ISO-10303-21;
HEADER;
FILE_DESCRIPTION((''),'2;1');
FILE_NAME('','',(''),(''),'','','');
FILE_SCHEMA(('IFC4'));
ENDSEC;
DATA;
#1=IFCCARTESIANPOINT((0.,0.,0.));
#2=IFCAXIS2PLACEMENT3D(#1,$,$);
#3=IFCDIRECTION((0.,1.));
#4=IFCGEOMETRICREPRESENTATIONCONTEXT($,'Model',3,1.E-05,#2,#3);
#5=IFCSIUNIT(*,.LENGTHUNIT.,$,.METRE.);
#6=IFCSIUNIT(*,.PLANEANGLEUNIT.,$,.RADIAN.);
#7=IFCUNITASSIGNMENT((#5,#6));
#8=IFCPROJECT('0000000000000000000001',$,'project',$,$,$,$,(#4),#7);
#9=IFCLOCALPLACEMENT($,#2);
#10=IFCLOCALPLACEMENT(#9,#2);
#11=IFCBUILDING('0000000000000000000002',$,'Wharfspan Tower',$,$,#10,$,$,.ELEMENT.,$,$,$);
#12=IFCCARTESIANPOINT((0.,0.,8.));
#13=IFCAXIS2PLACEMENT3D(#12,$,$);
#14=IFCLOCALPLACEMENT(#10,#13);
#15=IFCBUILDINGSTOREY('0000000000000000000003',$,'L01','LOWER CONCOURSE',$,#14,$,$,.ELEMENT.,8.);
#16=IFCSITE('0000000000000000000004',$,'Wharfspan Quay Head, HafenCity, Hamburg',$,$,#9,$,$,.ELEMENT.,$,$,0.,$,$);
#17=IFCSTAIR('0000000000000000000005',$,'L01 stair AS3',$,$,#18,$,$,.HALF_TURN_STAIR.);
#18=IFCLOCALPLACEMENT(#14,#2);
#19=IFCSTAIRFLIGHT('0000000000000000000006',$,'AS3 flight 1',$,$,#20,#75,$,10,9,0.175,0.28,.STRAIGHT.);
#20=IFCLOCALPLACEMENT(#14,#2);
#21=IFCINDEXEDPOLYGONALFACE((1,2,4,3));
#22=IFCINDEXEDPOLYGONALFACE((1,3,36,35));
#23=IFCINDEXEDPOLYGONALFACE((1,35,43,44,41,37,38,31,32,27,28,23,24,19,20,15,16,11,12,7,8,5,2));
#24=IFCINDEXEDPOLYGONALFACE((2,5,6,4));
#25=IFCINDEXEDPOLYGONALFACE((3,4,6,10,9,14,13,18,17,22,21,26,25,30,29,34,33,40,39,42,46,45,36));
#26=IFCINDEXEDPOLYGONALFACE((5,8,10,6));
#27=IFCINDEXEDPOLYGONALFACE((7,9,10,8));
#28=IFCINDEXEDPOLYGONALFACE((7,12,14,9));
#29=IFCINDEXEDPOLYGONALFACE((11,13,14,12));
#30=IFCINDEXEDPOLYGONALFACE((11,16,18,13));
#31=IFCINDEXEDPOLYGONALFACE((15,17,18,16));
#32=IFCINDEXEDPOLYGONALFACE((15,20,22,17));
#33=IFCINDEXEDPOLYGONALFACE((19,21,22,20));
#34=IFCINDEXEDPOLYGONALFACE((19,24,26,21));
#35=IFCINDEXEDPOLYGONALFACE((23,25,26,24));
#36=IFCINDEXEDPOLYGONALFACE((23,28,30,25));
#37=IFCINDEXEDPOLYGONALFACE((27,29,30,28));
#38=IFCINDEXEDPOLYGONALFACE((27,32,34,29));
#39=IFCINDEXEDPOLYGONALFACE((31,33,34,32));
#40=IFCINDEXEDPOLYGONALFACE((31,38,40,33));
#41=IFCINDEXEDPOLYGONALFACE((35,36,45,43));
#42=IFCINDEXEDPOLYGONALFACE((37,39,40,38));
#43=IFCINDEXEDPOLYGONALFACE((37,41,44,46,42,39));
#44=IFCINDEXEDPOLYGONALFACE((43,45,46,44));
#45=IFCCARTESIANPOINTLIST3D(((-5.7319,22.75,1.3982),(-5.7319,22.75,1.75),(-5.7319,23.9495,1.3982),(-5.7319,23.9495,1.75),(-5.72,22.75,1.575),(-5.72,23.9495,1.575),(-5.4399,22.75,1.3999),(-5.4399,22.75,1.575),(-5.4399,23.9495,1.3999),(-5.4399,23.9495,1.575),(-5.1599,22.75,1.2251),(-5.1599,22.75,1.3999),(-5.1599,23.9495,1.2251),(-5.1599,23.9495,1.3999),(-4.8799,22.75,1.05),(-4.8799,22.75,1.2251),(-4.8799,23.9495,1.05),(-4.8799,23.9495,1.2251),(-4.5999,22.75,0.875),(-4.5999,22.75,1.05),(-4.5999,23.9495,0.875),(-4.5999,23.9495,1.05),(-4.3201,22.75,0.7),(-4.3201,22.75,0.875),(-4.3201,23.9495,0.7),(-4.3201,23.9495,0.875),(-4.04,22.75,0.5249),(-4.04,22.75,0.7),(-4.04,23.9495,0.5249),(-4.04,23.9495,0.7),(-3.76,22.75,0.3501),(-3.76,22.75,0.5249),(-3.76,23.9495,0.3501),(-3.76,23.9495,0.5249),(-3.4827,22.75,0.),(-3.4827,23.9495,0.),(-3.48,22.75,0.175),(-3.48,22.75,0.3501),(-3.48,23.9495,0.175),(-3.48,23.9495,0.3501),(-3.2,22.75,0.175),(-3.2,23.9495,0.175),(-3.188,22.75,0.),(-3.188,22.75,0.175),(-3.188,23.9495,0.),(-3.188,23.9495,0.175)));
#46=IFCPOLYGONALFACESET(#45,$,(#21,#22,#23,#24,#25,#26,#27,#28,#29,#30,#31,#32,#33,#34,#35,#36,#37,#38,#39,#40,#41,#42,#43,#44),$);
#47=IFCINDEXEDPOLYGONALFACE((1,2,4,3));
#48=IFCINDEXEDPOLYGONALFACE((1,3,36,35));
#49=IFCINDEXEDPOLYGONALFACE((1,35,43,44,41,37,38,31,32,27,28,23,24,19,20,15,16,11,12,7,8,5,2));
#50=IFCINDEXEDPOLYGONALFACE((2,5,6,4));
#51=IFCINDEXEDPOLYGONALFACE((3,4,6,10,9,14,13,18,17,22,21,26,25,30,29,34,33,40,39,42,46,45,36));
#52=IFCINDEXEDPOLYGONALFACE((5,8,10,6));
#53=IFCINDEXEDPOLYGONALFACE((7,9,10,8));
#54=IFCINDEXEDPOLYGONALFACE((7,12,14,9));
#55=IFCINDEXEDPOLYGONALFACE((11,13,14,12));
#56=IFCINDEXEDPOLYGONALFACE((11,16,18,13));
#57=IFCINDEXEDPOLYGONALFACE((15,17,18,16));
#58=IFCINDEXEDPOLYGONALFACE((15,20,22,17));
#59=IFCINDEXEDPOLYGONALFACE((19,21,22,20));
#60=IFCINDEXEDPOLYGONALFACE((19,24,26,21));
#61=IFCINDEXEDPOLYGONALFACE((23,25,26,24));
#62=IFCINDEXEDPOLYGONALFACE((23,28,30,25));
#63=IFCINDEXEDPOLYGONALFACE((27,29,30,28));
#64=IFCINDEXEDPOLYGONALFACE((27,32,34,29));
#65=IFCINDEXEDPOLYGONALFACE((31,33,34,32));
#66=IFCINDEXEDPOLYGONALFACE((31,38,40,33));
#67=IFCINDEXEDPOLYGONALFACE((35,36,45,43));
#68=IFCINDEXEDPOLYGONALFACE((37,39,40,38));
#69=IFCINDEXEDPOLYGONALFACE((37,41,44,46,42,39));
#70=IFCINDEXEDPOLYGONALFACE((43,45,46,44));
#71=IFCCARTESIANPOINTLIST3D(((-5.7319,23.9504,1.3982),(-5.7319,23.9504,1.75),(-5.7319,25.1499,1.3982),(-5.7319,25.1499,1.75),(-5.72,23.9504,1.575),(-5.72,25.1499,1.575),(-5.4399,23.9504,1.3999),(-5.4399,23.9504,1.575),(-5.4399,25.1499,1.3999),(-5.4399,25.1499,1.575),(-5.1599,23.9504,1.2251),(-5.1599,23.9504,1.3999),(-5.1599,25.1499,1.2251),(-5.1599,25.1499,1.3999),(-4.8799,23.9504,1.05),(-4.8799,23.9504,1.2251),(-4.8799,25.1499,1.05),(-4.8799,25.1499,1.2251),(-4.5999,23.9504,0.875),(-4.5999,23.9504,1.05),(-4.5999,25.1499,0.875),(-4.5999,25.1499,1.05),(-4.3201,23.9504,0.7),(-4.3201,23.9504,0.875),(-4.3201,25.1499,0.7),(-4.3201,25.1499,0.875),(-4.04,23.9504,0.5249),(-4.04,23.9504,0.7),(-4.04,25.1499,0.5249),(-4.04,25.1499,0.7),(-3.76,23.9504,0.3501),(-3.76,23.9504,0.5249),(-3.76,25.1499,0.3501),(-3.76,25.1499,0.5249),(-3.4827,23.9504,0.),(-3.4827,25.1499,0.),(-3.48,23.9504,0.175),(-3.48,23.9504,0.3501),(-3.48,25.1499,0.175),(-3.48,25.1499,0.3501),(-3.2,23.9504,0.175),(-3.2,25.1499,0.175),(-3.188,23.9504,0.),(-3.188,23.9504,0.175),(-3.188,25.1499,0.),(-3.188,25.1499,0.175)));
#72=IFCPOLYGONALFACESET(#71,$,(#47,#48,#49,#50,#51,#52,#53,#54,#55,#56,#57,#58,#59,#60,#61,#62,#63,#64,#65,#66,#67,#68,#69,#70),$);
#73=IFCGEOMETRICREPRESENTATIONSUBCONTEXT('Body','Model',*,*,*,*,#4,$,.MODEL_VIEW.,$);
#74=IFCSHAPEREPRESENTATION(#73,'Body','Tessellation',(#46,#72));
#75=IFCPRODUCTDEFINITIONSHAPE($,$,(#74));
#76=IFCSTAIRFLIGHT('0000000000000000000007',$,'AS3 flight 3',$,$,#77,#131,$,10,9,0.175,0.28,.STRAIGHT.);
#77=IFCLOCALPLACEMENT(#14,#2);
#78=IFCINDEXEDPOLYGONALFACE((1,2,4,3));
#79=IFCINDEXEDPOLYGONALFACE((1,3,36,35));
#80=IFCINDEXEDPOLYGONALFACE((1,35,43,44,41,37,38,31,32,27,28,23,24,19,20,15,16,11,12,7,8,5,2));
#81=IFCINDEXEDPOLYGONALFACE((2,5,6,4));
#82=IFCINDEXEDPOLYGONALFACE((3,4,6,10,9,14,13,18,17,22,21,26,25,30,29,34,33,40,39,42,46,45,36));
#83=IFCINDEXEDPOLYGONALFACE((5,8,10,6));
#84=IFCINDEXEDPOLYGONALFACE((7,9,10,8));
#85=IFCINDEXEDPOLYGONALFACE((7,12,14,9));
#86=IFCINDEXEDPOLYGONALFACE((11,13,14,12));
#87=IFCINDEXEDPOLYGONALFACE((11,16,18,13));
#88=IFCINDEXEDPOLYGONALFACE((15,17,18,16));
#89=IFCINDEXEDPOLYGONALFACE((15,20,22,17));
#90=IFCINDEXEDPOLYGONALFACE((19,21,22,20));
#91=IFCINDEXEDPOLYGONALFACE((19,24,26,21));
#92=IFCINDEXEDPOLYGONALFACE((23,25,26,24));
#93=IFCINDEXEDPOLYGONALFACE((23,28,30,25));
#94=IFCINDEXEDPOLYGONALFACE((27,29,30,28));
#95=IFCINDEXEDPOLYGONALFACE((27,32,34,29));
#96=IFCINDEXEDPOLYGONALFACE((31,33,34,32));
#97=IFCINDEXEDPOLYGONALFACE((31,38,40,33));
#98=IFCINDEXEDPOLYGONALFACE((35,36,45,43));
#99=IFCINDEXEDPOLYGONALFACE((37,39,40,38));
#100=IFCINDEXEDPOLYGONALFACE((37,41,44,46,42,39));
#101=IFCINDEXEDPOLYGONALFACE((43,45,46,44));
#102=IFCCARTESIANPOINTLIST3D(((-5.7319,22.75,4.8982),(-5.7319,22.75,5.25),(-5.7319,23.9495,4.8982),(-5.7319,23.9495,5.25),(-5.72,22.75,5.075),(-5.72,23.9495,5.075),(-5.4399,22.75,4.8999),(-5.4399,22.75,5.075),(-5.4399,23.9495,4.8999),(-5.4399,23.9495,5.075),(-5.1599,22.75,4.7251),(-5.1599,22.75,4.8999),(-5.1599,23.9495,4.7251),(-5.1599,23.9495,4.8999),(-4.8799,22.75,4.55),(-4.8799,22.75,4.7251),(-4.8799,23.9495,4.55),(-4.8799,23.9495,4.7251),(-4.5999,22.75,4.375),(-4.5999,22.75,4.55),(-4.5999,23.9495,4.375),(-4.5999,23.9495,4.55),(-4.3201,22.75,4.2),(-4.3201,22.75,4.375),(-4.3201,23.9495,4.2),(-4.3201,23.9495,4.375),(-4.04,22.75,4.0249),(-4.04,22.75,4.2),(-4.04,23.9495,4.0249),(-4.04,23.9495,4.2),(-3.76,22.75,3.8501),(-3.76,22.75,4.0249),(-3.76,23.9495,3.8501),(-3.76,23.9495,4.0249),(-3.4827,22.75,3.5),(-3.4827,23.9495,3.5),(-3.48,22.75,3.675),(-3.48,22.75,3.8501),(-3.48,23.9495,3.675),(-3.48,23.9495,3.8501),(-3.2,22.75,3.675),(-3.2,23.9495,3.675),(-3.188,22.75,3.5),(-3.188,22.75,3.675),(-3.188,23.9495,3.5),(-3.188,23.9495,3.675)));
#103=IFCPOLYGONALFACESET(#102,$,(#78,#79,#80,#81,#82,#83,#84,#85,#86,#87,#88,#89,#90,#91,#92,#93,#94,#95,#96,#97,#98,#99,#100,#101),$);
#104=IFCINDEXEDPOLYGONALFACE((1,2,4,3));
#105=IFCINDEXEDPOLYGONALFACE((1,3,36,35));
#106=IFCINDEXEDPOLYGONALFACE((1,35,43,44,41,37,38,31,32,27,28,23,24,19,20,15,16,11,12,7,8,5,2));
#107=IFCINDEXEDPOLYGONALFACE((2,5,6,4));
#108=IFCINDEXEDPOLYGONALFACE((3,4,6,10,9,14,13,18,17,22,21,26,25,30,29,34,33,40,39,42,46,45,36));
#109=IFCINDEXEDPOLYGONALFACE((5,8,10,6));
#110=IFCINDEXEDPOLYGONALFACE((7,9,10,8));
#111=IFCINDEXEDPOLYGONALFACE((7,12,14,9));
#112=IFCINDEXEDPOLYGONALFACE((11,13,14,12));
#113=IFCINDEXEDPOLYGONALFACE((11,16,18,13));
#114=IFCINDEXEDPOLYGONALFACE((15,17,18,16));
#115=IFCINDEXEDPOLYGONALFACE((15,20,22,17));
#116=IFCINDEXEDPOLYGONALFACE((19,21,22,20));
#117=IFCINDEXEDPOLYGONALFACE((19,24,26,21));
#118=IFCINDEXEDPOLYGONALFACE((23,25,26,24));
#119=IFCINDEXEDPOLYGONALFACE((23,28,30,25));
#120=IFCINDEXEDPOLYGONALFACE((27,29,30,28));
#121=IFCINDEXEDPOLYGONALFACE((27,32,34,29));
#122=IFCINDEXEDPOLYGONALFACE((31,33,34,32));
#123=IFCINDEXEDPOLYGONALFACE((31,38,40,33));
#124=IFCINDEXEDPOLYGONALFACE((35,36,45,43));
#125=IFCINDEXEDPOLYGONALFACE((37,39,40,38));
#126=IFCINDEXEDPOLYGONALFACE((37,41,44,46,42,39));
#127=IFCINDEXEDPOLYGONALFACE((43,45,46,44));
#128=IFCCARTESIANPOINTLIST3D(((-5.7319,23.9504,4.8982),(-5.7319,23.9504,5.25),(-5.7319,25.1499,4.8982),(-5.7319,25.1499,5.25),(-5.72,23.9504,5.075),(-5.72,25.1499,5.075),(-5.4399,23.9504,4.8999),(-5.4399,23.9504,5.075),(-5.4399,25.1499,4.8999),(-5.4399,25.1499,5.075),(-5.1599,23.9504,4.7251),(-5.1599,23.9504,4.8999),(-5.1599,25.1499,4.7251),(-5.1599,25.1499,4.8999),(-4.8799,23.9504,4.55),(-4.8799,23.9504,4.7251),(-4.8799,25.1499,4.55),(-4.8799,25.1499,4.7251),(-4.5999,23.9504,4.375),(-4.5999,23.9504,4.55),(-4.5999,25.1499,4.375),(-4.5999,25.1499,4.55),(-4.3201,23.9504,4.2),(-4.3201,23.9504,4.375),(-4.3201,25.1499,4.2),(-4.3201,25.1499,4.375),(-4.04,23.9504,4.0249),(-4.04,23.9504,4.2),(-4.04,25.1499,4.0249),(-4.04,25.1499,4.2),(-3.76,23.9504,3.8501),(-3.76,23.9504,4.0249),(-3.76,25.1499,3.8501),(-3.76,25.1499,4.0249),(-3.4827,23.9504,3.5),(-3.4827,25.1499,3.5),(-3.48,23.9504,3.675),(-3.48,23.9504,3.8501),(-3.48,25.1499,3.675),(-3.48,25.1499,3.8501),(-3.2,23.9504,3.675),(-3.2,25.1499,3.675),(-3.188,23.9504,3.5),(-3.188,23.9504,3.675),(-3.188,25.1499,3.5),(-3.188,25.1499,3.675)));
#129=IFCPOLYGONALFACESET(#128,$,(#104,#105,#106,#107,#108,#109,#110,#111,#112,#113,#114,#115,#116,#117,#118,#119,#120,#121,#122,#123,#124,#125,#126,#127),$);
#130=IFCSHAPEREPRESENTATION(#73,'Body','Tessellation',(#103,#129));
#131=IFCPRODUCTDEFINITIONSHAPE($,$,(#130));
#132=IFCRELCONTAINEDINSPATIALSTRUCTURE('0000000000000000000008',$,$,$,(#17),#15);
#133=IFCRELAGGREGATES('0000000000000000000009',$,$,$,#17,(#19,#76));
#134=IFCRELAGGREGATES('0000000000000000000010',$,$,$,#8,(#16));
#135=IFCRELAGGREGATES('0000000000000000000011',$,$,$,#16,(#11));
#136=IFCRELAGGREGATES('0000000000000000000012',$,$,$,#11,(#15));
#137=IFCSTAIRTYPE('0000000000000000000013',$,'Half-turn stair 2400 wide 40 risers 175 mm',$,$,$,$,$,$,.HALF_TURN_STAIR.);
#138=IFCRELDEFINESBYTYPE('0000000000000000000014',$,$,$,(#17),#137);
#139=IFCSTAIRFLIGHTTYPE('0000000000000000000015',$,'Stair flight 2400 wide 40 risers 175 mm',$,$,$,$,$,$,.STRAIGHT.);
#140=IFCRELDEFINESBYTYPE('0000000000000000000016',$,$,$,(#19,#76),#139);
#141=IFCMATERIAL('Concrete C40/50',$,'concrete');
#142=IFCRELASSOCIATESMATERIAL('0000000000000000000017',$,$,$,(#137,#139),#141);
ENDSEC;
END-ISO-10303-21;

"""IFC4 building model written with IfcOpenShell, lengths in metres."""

from ifc_helpers import new_model, si_unit, direction, frame, origin, place, context, subcontext, project, spatial, polyline, outline, extrude, material, type_object, element, aggregate, save


model = new_model("IFC4")

# Units and contexts
model_context = context("Model", 3, precision=1e-05, world=origin(), true_north=direction((0.0, 1.0)))
body_context = subcontext(model_context, "Body", "Model", "MODEL_VIEW")
ifc_project = project(units=[si_unit("LENGTHUNIT", "METRE"), si_unit("PLANEANGLEUNIT", "RADIAN")], contexts=[model_context])

# Site, building, storey
site_placement = place(None, origin())
site = spatial("IfcSite", under=ifc_project, at=site_placement, Name="Wharfspan Quay Head, HafenCity, Hamburg", CompositionType="ELEMENT", RefElevation=0.0)
building_placement = place(site_placement, origin())
building = spatial("IfcBuilding", under=site, at=building_placement, Name="Wharfspan Tower", CompositionType="ELEMENT")
storey_placement = place(building_placement, frame((0.0, 0.0, 8.0)))
storey = spatial("IfcBuildingStorey", under=building, at=storey_placement, Name="L01", Description="LOWER CONCOURSE", CompositionType="ELEMENT", Elevation=8.0)

# Shared definitions
ifc_material_1 = material(Name="Concrete C40/50", Category="concrete")

# Stair, stair flights
stair_type = type_object("IfcStairType", Name="Half-turn stair 2400 wide 40 risers 175 mm", PredefinedType="HALF_TURN_STAIR", material=ifc_material_1)
stair_placement = place(storey_placement, origin())
stair = element("IfcStair", 1, at=stair_placement, inside=storey, type_object=stair_type, Name="L01 stair AS3", PredefinedType="HALF_TURN_STAIR")
stair_flight_type = type_object("IfcStairFlightType", Name="Stair flight 2400 wide 40 risers 175 mm", PredefinedType="STRAIGHT", material=ifc_material_1)
stair_flight_1_placement = place(storey_placement, frame((-3.2, 23.95, 0.0), z_axis=(0.0, 0.0, 1.0), x_axis=(-1.0, 0.0, 0.0)))
stair_flight_1 = element("IfcStairFlight", 2, at=stair_flight_1_placement, type_object=stair_flight_type, Name="AS3 flight 1", NumberOfRisers=10, NumberOfTreads=9, PredefinedType="STRAIGHT", RiserHeight=0.175, TreadLength=0.28, context=body_context, shape_type="SweptSolid", body=[
    extrude(outline(polyline([(-0.012, 0.0), (-0.012, 0.175), (0.0, 0.175), (0.28, 0.175), (0.28, 0.3501), (0.5601, 0.3501), (0.5601, 0.5249), (0.8401, 0.5249), (0.8401, 0.7), (1.1201, 0.7), (1.1201, 0.875), (1.3999, 0.875), (1.3999, 1.05), (1.6799, 1.05), (1.6799, 1.2251), (1.96, 1.2251), (1.96, 1.3999), (2.24, 1.3999), (2.24, 1.575), (2.52, 1.575), (2.532, 1.75), (2.532, 1.3982), (0.2827, 0.0), (-0.012, 0.0)])), frame((0.0, 1.2, 0.0), z_axis=(0.0, -1.0, 0.0), x_axis=(1.0, 0.0, 0.0)), (0.0, 0.0, 1.0), 1.1995),
    extrude(outline(polyline([(-0.012, 0.0), (-0.012, 0.175), (0.0, 0.175), (0.28, 0.175), (0.28, 0.3501), (0.5601, 0.3501), (0.5601, 0.5249), (0.8401, 0.5249), (0.8401, 0.7), (1.1201, 0.7), (1.1201, 0.875), (1.3999, 0.875), (1.3999, 1.05), (1.6799, 1.05), (1.6799, 1.2251), (1.96, 1.2251), (1.96, 1.3999), (2.24, 1.3999), (2.24, 1.575), (2.52, 1.575), (2.532, 1.75), (2.532, 1.3982), (0.2827, 0.0), (-0.012, 0.0)])), frame((0.0, -0.0005, 0.0), z_axis=(0.0, -1.0, 0.0), x_axis=(1.0, 0.0, 0.0)), (0.0, 0.0, 1.0), 1.1995),
])
stair_flight_2_placement = place(storey_placement, frame((-3.2, 23.95, 3.5), z_axis=(0.0, 0.0, 1.0), x_axis=(-1.0, 0.0, 0.0)))
stair_flight_2 = element("IfcStairFlight", 3, at=stair_flight_2_placement, type_object=stair_flight_type, Name="AS3 flight 3", NumberOfRisers=10, NumberOfTreads=9, PredefinedType="STRAIGHT", RiserHeight=0.175, TreadLength=0.28, context=body_context, shape_type="SweptSolid", body=[
    extrude(outline(polyline([(-0.012, 0.0), (-0.012, 0.175), (0.0, 0.175), (0.28, 0.175), (0.28, 0.3501), (0.5601, 0.3501), (0.5601, 0.5249), (0.8401, 0.5249), (0.8401, 0.7), (1.1201, 0.7), (1.1201, 0.875), (1.3999, 0.875), (1.3999, 1.05), (1.6799, 1.05), (1.6799, 1.2251), (1.96, 1.2251), (1.96, 1.3999), (2.24, 1.3999), (2.24, 1.575), (2.52, 1.575), (2.532, 1.75), (2.532, 1.3982), (0.2827, 0.0), (-0.012, 0.0)])), frame((0.0, 1.2, 0.0), z_axis=(0.0, -1.0, 0.0), x_axis=(1.0, 0.0, 0.0)), (0.0, 0.0, 1.0), 1.1995),
    extrude(outline(polyline([(-0.012, 0.0), (-0.012, 0.175), (0.0, 0.175), (0.28, 0.175), (0.28, 0.3501), (0.5601, 0.3501), (0.5601, 0.5249), (0.8401, 0.5249), (0.8401, 0.7), (1.1201, 0.7), (1.1201, 0.875), (1.3999, 0.875), (1.3999, 1.05), (1.6799, 1.05), (1.6799, 1.2251), (1.96, 1.2251), (1.96, 1.3999), (2.24, 1.3999), (2.24, 1.575), (2.52, 1.575), (2.532, 1.75), (2.532, 1.3982), (0.2827, 0.0), (-0.012, 0.0)])), frame((0.0, -0.0005, 0.0), z_axis=(0.0, -1.0, 0.0), x_axis=(1.0, 0.0, 0.0)), (0.0, 0.0, 1.0), 1.1995),
])
aggregate(stair, [stair_flight_1, stair_flight_2])

save(model, "model.ifc")
